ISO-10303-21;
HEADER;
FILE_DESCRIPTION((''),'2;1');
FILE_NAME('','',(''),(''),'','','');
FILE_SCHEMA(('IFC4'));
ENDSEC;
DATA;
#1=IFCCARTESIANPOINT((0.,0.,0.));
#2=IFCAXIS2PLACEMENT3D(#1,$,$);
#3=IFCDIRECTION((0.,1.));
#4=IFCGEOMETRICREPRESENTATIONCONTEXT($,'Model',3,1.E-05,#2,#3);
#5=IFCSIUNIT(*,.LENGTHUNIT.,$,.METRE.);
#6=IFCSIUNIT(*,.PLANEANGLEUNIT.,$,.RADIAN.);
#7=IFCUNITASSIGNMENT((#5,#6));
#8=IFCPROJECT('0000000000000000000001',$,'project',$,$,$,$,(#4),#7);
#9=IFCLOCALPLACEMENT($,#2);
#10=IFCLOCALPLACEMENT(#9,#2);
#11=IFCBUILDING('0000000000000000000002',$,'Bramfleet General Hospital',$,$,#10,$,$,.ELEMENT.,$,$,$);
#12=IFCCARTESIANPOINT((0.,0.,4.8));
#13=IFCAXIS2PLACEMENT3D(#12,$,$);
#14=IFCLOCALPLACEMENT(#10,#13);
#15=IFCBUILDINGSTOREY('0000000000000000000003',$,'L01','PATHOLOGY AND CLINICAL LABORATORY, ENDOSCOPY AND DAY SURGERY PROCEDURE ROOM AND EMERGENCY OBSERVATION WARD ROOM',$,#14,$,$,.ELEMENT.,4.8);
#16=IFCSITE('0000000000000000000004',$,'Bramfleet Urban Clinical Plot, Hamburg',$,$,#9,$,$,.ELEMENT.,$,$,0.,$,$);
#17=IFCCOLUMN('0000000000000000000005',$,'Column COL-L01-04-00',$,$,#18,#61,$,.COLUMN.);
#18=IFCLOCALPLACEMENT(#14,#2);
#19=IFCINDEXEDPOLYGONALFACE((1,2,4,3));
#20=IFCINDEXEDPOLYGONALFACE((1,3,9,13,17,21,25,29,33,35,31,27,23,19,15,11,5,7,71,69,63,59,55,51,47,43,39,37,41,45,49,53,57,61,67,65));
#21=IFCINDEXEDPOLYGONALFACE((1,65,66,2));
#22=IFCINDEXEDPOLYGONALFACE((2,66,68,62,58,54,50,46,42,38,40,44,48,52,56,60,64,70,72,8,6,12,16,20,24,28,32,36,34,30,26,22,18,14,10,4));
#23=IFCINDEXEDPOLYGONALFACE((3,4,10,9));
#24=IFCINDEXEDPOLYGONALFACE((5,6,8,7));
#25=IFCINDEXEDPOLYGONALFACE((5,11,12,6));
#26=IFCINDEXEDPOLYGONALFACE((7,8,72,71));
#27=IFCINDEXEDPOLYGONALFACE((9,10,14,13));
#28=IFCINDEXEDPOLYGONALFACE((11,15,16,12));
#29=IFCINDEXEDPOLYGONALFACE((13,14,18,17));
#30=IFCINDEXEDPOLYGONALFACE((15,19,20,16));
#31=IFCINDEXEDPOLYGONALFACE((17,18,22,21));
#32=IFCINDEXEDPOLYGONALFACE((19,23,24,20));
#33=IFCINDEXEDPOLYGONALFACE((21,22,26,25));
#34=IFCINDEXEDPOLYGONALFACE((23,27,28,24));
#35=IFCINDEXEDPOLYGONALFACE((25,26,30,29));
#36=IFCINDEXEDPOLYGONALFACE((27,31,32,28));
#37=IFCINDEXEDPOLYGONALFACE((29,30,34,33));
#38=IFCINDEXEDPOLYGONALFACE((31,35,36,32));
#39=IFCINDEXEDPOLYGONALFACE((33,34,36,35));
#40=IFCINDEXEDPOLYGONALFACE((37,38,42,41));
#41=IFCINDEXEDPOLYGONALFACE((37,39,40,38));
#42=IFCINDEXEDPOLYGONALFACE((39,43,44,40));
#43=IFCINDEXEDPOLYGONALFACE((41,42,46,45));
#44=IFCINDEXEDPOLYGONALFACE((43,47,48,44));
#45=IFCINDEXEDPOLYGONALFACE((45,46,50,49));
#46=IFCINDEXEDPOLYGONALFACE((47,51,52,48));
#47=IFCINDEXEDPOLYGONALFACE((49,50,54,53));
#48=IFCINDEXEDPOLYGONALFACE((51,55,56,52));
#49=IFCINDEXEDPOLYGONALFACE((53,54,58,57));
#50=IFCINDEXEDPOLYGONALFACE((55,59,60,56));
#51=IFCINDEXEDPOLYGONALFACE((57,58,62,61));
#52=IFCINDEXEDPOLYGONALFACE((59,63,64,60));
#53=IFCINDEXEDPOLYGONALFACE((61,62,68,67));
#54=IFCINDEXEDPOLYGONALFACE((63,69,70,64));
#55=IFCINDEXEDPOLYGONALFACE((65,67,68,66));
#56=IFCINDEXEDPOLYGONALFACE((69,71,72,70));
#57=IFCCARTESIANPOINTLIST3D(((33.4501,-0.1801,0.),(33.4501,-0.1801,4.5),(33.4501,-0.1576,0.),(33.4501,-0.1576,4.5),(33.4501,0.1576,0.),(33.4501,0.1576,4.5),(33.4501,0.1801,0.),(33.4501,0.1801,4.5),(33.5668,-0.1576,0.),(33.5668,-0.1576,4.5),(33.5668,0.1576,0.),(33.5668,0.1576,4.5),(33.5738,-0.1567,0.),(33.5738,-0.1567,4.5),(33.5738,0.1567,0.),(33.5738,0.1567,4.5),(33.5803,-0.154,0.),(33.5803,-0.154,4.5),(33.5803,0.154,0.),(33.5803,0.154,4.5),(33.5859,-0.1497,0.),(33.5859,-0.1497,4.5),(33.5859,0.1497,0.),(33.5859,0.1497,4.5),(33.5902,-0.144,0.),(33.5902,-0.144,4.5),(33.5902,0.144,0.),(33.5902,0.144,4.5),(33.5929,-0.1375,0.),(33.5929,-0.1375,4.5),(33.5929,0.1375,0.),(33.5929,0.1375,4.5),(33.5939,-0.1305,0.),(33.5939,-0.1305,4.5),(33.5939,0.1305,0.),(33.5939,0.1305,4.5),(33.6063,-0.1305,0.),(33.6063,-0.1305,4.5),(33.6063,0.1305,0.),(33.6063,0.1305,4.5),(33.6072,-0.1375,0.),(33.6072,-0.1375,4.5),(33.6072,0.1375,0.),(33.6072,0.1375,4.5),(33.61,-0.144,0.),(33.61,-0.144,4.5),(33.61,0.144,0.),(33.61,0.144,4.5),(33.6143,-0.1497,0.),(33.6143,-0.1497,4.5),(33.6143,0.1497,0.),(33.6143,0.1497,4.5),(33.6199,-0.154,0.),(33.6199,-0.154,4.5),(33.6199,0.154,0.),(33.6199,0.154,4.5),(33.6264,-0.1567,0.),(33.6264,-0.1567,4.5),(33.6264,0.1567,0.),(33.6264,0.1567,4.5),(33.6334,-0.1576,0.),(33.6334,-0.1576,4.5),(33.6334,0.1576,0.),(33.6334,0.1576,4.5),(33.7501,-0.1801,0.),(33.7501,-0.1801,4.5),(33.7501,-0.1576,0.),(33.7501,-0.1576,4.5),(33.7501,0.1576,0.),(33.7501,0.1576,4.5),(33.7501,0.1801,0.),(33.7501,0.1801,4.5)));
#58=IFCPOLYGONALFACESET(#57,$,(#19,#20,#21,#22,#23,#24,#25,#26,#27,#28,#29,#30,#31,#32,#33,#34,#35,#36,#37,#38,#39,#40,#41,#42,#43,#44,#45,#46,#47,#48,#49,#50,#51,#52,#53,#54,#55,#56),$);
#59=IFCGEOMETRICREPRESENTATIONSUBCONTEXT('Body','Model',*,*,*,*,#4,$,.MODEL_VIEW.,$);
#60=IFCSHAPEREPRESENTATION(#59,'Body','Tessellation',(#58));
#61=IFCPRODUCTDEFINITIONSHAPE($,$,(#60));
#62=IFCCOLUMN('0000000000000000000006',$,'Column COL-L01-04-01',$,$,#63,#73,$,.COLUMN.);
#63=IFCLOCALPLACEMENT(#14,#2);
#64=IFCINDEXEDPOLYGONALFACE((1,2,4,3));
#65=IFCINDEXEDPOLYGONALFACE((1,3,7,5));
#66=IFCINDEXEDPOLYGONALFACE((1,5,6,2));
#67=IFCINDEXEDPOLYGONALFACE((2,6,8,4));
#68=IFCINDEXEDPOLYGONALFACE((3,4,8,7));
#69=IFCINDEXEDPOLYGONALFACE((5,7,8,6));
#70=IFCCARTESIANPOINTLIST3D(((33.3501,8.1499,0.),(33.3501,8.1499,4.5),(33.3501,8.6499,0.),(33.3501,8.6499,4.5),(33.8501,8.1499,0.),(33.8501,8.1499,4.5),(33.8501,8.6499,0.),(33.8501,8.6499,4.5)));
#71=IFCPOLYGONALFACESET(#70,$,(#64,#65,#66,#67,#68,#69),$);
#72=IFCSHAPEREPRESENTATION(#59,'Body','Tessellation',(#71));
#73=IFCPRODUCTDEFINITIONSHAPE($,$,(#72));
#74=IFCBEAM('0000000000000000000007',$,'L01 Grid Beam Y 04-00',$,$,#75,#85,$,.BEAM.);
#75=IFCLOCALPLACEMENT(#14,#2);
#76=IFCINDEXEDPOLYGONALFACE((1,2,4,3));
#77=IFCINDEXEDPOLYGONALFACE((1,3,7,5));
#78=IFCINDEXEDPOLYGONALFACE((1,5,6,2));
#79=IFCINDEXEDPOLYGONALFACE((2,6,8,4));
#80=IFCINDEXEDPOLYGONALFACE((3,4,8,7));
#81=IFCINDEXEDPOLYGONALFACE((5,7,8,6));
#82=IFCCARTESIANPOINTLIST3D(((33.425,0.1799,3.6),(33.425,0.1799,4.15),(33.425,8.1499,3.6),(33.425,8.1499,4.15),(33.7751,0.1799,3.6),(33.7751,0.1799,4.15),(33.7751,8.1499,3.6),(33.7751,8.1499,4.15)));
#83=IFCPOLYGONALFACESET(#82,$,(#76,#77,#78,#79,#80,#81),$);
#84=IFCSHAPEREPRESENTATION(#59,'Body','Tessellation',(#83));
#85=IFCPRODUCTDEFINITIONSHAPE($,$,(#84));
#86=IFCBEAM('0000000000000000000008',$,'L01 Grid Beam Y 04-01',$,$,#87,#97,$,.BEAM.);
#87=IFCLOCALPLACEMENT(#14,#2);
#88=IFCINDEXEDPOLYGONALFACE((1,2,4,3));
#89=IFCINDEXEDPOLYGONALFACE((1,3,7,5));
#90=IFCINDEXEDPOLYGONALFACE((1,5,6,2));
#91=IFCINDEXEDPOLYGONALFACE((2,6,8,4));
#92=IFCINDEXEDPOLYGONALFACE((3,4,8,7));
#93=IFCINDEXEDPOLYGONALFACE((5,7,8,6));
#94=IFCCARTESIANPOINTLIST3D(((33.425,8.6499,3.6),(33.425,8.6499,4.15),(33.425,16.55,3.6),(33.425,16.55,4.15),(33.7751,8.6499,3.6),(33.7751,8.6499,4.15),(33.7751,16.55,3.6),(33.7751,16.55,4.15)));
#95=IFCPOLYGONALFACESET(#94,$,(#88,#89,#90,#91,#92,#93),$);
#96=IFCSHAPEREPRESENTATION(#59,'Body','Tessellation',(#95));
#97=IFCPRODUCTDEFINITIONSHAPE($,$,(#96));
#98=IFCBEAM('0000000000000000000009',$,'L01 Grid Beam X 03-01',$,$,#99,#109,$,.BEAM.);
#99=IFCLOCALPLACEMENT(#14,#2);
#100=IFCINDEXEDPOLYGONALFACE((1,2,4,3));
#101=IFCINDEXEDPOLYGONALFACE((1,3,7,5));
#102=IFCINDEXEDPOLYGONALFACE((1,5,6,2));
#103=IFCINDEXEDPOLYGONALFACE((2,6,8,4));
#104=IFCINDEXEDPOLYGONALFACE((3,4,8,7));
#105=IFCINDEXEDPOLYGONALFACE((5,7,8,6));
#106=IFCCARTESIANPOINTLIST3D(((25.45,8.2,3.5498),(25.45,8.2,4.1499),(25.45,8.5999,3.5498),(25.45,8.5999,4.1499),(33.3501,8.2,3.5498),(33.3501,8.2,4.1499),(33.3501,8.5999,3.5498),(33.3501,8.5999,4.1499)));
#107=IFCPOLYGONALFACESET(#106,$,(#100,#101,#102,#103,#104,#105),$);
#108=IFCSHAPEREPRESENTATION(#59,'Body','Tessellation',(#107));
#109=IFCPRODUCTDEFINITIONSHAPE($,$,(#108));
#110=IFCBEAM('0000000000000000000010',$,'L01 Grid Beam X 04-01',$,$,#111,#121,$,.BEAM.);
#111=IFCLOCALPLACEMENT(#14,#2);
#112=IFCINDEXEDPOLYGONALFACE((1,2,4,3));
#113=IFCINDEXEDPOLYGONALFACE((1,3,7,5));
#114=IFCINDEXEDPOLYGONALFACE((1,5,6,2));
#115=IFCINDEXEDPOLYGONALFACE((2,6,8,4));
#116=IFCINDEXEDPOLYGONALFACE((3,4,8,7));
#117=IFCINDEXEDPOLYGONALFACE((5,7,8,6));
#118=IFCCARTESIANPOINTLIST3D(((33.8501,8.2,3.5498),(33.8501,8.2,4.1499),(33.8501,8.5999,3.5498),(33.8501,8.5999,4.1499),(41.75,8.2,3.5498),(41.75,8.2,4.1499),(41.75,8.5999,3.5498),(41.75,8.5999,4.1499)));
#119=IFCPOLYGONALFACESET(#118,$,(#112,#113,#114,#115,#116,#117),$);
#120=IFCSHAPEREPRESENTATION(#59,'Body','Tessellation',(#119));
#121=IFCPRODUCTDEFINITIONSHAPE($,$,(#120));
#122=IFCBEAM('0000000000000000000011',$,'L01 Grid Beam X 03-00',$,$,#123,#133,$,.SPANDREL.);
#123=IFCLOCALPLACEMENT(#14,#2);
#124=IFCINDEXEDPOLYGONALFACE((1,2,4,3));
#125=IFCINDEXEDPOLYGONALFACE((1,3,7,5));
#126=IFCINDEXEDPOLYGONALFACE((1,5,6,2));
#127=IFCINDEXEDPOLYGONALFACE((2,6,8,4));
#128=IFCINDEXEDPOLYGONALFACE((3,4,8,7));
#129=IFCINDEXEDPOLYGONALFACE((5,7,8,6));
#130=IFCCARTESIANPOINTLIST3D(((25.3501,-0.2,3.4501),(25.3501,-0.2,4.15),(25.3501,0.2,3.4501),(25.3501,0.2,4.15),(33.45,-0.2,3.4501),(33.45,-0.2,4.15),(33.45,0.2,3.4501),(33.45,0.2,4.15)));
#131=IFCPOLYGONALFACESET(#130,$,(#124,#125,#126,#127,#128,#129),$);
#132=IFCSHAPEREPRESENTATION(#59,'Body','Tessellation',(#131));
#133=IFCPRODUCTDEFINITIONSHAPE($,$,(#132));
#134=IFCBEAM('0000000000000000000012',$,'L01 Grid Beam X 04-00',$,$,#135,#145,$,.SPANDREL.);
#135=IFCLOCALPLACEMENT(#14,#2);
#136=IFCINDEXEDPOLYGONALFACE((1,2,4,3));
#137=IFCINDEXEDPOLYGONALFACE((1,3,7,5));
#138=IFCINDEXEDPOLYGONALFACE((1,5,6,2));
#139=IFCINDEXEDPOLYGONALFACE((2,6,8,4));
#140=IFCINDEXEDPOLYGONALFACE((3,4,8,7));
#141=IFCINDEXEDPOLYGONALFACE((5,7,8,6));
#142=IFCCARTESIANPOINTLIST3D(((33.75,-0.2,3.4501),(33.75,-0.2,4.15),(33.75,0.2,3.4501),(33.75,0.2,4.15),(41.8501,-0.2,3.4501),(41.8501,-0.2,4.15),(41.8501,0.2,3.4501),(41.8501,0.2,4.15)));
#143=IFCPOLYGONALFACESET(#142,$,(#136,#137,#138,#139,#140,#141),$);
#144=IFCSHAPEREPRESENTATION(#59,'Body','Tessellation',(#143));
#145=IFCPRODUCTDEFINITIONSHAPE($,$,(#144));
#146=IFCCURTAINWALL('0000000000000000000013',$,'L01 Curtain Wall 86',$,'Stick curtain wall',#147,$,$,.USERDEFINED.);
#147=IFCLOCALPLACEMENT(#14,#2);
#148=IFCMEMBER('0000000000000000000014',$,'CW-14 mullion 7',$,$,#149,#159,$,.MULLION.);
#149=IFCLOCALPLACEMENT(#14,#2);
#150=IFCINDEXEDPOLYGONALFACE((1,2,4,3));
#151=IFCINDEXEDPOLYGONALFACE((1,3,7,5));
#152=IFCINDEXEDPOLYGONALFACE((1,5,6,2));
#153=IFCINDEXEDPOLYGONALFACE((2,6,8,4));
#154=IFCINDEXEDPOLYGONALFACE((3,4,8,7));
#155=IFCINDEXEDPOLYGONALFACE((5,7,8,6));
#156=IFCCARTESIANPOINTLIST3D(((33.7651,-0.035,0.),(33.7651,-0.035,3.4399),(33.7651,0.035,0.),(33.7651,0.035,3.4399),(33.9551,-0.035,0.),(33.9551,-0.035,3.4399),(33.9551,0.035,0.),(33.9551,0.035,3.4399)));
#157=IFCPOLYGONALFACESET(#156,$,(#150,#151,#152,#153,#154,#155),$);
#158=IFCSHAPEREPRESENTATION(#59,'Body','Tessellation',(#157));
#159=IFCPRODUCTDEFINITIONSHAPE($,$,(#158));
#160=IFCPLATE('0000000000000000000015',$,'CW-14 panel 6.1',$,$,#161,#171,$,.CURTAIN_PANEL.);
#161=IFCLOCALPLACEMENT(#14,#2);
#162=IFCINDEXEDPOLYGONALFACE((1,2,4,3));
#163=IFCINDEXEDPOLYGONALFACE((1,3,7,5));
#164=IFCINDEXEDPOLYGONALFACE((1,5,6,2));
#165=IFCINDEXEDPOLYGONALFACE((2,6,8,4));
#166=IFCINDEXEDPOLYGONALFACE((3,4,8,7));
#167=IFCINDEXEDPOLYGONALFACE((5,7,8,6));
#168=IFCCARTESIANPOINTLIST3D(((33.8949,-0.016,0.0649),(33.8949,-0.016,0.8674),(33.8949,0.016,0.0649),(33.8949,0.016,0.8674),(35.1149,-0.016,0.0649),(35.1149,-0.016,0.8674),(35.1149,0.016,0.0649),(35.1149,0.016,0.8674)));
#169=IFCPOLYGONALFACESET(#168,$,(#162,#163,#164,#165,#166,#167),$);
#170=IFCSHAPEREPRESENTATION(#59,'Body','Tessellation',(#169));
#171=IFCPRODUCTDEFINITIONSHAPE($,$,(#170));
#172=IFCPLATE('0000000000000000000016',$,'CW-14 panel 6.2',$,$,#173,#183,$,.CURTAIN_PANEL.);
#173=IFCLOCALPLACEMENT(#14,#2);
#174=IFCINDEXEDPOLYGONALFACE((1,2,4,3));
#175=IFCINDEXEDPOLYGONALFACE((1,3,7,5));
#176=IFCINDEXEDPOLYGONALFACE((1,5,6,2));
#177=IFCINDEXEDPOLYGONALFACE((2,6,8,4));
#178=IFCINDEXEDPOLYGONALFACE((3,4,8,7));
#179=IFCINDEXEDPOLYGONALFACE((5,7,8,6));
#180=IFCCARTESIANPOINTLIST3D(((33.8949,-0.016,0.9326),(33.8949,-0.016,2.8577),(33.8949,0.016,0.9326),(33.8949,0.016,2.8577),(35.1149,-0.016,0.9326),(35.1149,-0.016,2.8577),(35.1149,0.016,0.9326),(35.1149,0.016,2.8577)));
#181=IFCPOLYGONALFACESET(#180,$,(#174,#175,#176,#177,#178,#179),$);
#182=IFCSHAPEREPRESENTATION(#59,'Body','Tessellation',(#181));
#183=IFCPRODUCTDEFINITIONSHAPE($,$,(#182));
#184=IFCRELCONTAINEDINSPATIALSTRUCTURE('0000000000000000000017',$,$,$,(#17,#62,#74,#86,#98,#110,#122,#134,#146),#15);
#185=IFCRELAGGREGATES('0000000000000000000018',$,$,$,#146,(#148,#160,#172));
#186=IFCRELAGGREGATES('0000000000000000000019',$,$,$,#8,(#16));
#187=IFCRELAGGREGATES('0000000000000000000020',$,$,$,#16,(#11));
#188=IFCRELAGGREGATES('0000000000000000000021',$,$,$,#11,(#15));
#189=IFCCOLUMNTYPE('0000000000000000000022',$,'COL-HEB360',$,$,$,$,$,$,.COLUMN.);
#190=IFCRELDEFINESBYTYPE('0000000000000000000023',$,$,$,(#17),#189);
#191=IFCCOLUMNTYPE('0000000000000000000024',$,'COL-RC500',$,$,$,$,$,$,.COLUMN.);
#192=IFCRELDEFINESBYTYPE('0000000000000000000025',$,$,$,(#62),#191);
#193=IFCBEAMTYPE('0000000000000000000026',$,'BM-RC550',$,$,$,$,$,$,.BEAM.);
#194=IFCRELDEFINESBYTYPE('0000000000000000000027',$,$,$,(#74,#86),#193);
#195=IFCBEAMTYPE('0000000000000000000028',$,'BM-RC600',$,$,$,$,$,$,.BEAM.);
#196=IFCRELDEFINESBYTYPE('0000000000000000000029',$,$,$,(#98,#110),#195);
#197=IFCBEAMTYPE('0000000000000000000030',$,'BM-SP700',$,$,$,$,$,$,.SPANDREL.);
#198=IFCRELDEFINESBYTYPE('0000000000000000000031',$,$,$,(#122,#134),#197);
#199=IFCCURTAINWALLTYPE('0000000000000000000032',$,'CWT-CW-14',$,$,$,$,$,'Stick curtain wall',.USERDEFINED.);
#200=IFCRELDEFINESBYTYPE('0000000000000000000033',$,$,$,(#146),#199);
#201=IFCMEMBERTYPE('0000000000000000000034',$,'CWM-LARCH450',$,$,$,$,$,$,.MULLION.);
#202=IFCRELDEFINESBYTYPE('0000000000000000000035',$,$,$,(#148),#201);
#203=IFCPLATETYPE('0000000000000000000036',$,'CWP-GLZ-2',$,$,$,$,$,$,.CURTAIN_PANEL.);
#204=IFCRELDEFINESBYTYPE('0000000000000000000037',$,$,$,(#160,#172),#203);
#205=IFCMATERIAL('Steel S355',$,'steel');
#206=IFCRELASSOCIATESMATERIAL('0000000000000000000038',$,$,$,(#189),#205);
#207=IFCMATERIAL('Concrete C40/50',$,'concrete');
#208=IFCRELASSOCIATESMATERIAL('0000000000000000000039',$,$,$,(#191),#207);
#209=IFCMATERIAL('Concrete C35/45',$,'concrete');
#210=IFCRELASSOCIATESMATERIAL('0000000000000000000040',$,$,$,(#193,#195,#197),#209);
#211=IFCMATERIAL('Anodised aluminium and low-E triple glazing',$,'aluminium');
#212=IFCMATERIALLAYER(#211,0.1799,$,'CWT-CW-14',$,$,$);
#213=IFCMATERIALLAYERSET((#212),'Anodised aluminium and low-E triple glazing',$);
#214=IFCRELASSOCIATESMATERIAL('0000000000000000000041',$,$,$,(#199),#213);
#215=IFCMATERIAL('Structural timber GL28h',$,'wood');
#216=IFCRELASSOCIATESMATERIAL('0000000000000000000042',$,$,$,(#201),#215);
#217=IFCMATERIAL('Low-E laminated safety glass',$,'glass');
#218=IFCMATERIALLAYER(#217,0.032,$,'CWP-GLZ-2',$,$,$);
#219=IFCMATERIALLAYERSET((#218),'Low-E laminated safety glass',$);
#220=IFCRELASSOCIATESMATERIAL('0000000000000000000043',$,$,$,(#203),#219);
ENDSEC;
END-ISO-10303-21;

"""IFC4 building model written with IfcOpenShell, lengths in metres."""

from ifc_helpers import new_model, si_unit, direction, frame, origin, origin_2d, place, context, subcontext, project, spatial, rectangle, i_section, extrude, material, layer, layer_set, material_profile, profile_set, type_object, element, aggregate, save


model = new_model("IFC4")

# Units and contexts
model_context = context("Model", 3, precision=1e-05, world=origin(), true_north=direction((0.0, 1.0)))
body_context = subcontext(model_context, "Body", "Model", "MODEL_VIEW")
ifc_project = project(units=[si_unit("LENGTHUNIT", "METRE"), si_unit("PLANEANGLEUNIT", "RADIAN")], contexts=[model_context])

# Site, building, storey
site_placement = place(None, origin())
site = spatial("IfcSite", under=ifc_project, at=site_placement, Name="Bramfleet Urban Clinical Plot, Hamburg", CompositionType="ELEMENT", RefElevation=0.0)
building_placement = place(site_placement, origin())
building = spatial("IfcBuilding", under=site, at=building_placement, Name="Bramfleet General Hospital", CompositionType="ELEMENT")
storey_placement = place(building_placement, frame((0.0, 0.0, 4.8)))
storey = spatial("IfcBuildingStorey", under=building, at=storey_placement, Name="L01", Description="PATHOLOGY AND CLINICAL LABORATORY, ENDOSCOPY AND DAY SURGERY PROCEDURE ROOM AND EMERGENCY OBSERVATION WARD ROOM", CompositionType="ELEMENT", Elevation=4.8)

# Columns
ifc_material_1 = material(Name="Steel S355", Category="steel")
ifc_material_profile_1 = material_profile(ifc_material_1, i_section(OverallWidth=0.3, OverallDepth=0.3601, WebThickness=0.0125, FlangeThickness=0.0225, FilletRadius=0.0271, at=origin_2d()), Name="HEB 360")
ifc_profile_set_1 = profile_set([ifc_material_profile_1], Name="Steel S355")
column_type_1 = type_object("IfcColumnType", Name="COL-HEB360", PredefinedType="COLUMN", material=ifc_profile_set_1)
column_1_placement = place(storey_placement, frame((33.6001, 0.0, 0.0), z_axis=(0.0, 0.0, 1.0), x_axis=(1.0, 0.0, 0.0)))
element("IfcColumn", 1, at=column_1_placement, inside=storey, type_object=column_type_1, Name="Column COL-L01-04-00", PredefinedType="COLUMN", context=body_context, shape_type="SweptSolid", body=[
    extrude(i_section(OverallWidth=0.3, OverallDepth=0.3601, WebThickness=0.0125, FlangeThickness=0.0225, FilletRadius=0.0271, at=origin_2d()), origin(), (0.0, 0.0, 1.0), 4.5),
])
ifc_material_2 = material(Name="Concrete C40/50", Category="concrete")
ifc_material_profile_2 = material_profile(ifc_material_2, rectangle(XDim=0.5, YDim=0.5, at=origin_2d()), Name="RC COL 500x500")
ifc_profile_set_2 = profile_set([ifc_material_profile_2], Name="Concrete C40/50")
column_type_2 = type_object("IfcColumnType", Name="COL-RC500", PredefinedType="COLUMN", material=ifc_profile_set_2)
column_2_placement = place(storey_placement, frame((33.6001, 8.3999, 0.0), z_axis=(0.0, 0.0, 1.0), x_axis=(1.0, 0.0, 0.0)))
element("IfcColumn", 2, at=column_2_placement, inside=storey, type_object=column_type_2, Name="Column COL-L01-04-01", PredefinedType="COLUMN", context=body_context, shape_type="SweptSolid", body=[
    extrude(rectangle(XDim=0.5, YDim=0.5, at=origin_2d()), origin(), (0.0, 0.0, 1.0), 4.5),
])

# Beams
ifc_material_3 = material(Name="Concrete C35/45", Category="concrete")
ifc_material_profile_3 = material_profile(ifc_material_3, rectangle(XDim=0.3501, YDim=0.55, at=origin_2d()), Name="RC BM 550x350")
ifc_profile_set_3 = profile_set([ifc_material_profile_3], Name="Concrete C35/45")
beam_type_1 = type_object("IfcBeamType", Name="BM-RC550", PredefinedType="BEAM", material=ifc_profile_set_3)
beam_1_placement = place(storey_placement, frame((33.6001, 0.1799, 3.875), z_axis=(0.0, 1.0, 0.0), x_axis=(-1.0, 0.0, 0.0)))
element("IfcBeam", 3, at=beam_1_placement, inside=storey, type_object=beam_type_1, Name="L01 Grid Beam Y 04-00", PredefinedType="BEAM", context=body_context, shape_type="SweptSolid", body=[
    extrude(rectangle(XDim=0.3501, YDim=0.55, at=origin_2d()), origin(), (0.0, 0.0, 1.0), 7.97),
])
beam_2_placement = place(storey_placement, frame((33.6001, 8.6499, 3.875), z_axis=(0.0, 1.0, 0.0), x_axis=(-1.0, 0.0, 0.0)))
element("IfcBeam", 4, at=beam_2_placement, inside=storey, type_object=beam_type_1, Name="L01 Grid Beam Y 04-01", PredefinedType="BEAM", context=body_context, shape_type="SweptSolid", body=[
    extrude(rectangle(XDim=0.3501, YDim=0.55, at=origin_2d()), origin(), (0.0, 0.0, 1.0), 7.9001),
])
ifc_material_profile_4 = material_profile(ifc_material_3, rectangle(XDim=0.3999, YDim=0.6001, at=origin_2d()), Name="RC BM 600x400")
ifc_profile_set_4 = profile_set([ifc_material_profile_4], Name="Concrete C35/45")
beam_type_2 = type_object("IfcBeamType", Name="BM-RC600", PredefinedType="BEAM", material=ifc_profile_set_4)
beam_3_placement = place(storey_placement, frame((25.45, 8.3999, 3.8499), z_axis=(1.0, 0.0, 0.0), x_axis=(0.0, 1.0, 0.0)))
element("IfcBeam", 5, at=beam_3_placement, inside=storey, type_object=beam_type_2, Name="L01 Grid Beam X 03-01", PredefinedType="BEAM", context=body_context, shape_type="SweptSolid", body=[
    extrude(rectangle(XDim=0.3999, YDim=0.6001, at=origin_2d()), origin(), (0.0, 0.0, 1.0), 7.9001),
])
beam_4_placement = place(storey_placement, frame((33.8501, 8.3999, 3.8499), z_axis=(1.0, 0.0, 0.0), x_axis=(0.0, 1.0, 0.0)))
element("IfcBeam", 6, at=beam_4_placement, inside=storey, type_object=beam_type_2, Name="L01 Grid Beam X 04-01", PredefinedType="BEAM", context=body_context, shape_type="SweptSolid", body=[
    extrude(rectangle(XDim=0.3999, YDim=0.6001, at=origin_2d()), origin(), (0.0, 0.0, 1.0), 7.8999),
])
ifc_material_profile_5 = material_profile(ifc_material_3, rectangle(XDim=0.3999, YDim=0.7, at=origin_2d()), Name="RC SP 700x400")
ifc_profile_set_5 = profile_set([ifc_material_profile_5], Name="Concrete C35/45")
beam_type_3 = type_object("IfcBeamType", Name="BM-SP700", PredefinedType="SPANDREL", material=ifc_profile_set_5)
beam_5_placement = place(storey_placement, frame((25.3501, 0.0, 3.8), z_axis=(1.0, 0.0, 0.0), x_axis=(0.0, 1.0, 0.0)))
element("IfcBeam", 7, at=beam_5_placement, inside=storey, type_object=beam_type_3, Name="L01 Grid Beam X 03-00", PredefinedType="SPANDREL", context=body_context, shape_type="SweptSolid", body=[
    extrude(rectangle(XDim=0.3999, YDim=0.7, at=origin_2d()), origin(), (0.0, 0.0, 1.0), 8.0999),
])
beam_6_placement = place(storey_placement, frame((33.75, 0.0, 3.8), z_axis=(1.0, 0.0, 0.0), x_axis=(0.0, 1.0, 0.0)))
element("IfcBeam", 8, at=beam_6_placement, inside=storey, type_object=beam_type_3, Name="L01 Grid Beam X 04-00", PredefinedType="SPANDREL", context=body_context, shape_type="SweptSolid", body=[
    extrude(rectangle(XDim=0.3999, YDim=0.7, at=origin_2d()), origin(), (0.0, 0.0, 1.0), 8.1001),
])

# Curtain wall, member, plates
ifc_material_4 = material(Name="Anodised aluminium and low-E triple glazing", Category="aluminium")
ifc_layer_1 = layer(ifc_material_4, 0.1799, Name="CWT-CW-14")
ifc_layer_set_1 = layer_set([ifc_layer_1], Name="Anodised aluminium and low-E triple glazing")
curtain_wall_type = type_object("IfcCurtainWallType", Name="CWT-CW-14", ElementType="Stick curtain wall", PredefinedType="USERDEFINED", material=ifc_layer_set_1)
curtain_wall_placement = place(storey_placement, origin())
curtain_wall = element("IfcCurtainWall", 9, at=curtain_wall_placement, inside=storey, type_object=curtain_wall_type, Name="L01 Curtain Wall 86", ObjectType="Stick curtain wall", PredefinedType="USERDEFINED")
ifc_material_5 = material(Name="Structural timber GL28h", Category="wood")
ifc_material_profile_6 = material_profile(ifc_material_5, rectangle(XDim=0.0701, YDim=0.1899, at=origin_2d()), Name="LARCH 190x70")
ifc_profile_set_6 = profile_set([ifc_material_profile_6], Name="Structural timber GL28h")
member_type = type_object("IfcMemberType", Name="CWM-LARCH450", PredefinedType="MULLION", material=ifc_profile_set_6)
member_placement = place(storey_placement, frame((33.8601, 0.0, 0.0), z_axis=(0.0, 0.0, 1.0), x_axis=(0.0, -1.0, 0.0)))
member = element("IfcMember", 10, at=member_placement, type_object=member_type, Name="CW-14 mullion 7", PredefinedType="MULLION", context=body_context, shape_type="SweptSolid", body=[
    extrude(rectangle(XDim=0.0701, YDim=0.1899, at=origin_2d()), origin(), (0.0, 0.0, 1.0), 3.4399),
])
ifc_material_6 = material(Name="Low-E laminated safety glass", Category="glass")
ifc_layer_2 = layer(ifc_material_6, 0.032, Name="CWP-GLZ-2")
ifc_layer_set_2 = layer_set([ifc_layer_2], Name="Low-E laminated safety glass")
plate_type = type_object("IfcPlateType", Name="CWP-GLZ-2", PredefinedType="CURTAIN_PANEL", material=ifc_layer_set_2)
plate_1_placement = place(storey_placement, frame((34.5049, 0.0, 0.0649), z_axis=(0.0, 0.0, 1.0), x_axis=(-1.0, 0.0, 0.0)))
plate_1 = element("IfcPlate", 11, at=plate_1_placement, type_object=plate_type, Name="CW-14 panel 6.1", PredefinedType="CURTAIN_PANEL", context=body_context, shape_type="SweptSolid", body=[
    extrude(rectangle(XDim=1.22, YDim=0.032, at=origin_2d()), origin(), (0.0, 0.0, 1.0), 0.8025),
])
plate_2_placement = place(storey_placement, frame((34.5049, 0.0, 0.9326), z_axis=(0.0, 0.0, 1.0), x_axis=(-1.0, 0.0, 0.0)))
plate_2 = element("IfcPlate", 12, at=plate_2_placement, type_object=plate_type, Name="CW-14 panel 6.2", PredefinedType="CURTAIN_PANEL", context=body_context, shape_type="SweptSolid", body=[
    extrude(rectangle(XDim=1.22, YDim=0.032, at=origin_2d()), origin(), (0.0, 0.0, 1.0), 1.925),
])
aggregate(curtain_wall, [member, plate_1, plate_2])

save(model, "model.ifc")
